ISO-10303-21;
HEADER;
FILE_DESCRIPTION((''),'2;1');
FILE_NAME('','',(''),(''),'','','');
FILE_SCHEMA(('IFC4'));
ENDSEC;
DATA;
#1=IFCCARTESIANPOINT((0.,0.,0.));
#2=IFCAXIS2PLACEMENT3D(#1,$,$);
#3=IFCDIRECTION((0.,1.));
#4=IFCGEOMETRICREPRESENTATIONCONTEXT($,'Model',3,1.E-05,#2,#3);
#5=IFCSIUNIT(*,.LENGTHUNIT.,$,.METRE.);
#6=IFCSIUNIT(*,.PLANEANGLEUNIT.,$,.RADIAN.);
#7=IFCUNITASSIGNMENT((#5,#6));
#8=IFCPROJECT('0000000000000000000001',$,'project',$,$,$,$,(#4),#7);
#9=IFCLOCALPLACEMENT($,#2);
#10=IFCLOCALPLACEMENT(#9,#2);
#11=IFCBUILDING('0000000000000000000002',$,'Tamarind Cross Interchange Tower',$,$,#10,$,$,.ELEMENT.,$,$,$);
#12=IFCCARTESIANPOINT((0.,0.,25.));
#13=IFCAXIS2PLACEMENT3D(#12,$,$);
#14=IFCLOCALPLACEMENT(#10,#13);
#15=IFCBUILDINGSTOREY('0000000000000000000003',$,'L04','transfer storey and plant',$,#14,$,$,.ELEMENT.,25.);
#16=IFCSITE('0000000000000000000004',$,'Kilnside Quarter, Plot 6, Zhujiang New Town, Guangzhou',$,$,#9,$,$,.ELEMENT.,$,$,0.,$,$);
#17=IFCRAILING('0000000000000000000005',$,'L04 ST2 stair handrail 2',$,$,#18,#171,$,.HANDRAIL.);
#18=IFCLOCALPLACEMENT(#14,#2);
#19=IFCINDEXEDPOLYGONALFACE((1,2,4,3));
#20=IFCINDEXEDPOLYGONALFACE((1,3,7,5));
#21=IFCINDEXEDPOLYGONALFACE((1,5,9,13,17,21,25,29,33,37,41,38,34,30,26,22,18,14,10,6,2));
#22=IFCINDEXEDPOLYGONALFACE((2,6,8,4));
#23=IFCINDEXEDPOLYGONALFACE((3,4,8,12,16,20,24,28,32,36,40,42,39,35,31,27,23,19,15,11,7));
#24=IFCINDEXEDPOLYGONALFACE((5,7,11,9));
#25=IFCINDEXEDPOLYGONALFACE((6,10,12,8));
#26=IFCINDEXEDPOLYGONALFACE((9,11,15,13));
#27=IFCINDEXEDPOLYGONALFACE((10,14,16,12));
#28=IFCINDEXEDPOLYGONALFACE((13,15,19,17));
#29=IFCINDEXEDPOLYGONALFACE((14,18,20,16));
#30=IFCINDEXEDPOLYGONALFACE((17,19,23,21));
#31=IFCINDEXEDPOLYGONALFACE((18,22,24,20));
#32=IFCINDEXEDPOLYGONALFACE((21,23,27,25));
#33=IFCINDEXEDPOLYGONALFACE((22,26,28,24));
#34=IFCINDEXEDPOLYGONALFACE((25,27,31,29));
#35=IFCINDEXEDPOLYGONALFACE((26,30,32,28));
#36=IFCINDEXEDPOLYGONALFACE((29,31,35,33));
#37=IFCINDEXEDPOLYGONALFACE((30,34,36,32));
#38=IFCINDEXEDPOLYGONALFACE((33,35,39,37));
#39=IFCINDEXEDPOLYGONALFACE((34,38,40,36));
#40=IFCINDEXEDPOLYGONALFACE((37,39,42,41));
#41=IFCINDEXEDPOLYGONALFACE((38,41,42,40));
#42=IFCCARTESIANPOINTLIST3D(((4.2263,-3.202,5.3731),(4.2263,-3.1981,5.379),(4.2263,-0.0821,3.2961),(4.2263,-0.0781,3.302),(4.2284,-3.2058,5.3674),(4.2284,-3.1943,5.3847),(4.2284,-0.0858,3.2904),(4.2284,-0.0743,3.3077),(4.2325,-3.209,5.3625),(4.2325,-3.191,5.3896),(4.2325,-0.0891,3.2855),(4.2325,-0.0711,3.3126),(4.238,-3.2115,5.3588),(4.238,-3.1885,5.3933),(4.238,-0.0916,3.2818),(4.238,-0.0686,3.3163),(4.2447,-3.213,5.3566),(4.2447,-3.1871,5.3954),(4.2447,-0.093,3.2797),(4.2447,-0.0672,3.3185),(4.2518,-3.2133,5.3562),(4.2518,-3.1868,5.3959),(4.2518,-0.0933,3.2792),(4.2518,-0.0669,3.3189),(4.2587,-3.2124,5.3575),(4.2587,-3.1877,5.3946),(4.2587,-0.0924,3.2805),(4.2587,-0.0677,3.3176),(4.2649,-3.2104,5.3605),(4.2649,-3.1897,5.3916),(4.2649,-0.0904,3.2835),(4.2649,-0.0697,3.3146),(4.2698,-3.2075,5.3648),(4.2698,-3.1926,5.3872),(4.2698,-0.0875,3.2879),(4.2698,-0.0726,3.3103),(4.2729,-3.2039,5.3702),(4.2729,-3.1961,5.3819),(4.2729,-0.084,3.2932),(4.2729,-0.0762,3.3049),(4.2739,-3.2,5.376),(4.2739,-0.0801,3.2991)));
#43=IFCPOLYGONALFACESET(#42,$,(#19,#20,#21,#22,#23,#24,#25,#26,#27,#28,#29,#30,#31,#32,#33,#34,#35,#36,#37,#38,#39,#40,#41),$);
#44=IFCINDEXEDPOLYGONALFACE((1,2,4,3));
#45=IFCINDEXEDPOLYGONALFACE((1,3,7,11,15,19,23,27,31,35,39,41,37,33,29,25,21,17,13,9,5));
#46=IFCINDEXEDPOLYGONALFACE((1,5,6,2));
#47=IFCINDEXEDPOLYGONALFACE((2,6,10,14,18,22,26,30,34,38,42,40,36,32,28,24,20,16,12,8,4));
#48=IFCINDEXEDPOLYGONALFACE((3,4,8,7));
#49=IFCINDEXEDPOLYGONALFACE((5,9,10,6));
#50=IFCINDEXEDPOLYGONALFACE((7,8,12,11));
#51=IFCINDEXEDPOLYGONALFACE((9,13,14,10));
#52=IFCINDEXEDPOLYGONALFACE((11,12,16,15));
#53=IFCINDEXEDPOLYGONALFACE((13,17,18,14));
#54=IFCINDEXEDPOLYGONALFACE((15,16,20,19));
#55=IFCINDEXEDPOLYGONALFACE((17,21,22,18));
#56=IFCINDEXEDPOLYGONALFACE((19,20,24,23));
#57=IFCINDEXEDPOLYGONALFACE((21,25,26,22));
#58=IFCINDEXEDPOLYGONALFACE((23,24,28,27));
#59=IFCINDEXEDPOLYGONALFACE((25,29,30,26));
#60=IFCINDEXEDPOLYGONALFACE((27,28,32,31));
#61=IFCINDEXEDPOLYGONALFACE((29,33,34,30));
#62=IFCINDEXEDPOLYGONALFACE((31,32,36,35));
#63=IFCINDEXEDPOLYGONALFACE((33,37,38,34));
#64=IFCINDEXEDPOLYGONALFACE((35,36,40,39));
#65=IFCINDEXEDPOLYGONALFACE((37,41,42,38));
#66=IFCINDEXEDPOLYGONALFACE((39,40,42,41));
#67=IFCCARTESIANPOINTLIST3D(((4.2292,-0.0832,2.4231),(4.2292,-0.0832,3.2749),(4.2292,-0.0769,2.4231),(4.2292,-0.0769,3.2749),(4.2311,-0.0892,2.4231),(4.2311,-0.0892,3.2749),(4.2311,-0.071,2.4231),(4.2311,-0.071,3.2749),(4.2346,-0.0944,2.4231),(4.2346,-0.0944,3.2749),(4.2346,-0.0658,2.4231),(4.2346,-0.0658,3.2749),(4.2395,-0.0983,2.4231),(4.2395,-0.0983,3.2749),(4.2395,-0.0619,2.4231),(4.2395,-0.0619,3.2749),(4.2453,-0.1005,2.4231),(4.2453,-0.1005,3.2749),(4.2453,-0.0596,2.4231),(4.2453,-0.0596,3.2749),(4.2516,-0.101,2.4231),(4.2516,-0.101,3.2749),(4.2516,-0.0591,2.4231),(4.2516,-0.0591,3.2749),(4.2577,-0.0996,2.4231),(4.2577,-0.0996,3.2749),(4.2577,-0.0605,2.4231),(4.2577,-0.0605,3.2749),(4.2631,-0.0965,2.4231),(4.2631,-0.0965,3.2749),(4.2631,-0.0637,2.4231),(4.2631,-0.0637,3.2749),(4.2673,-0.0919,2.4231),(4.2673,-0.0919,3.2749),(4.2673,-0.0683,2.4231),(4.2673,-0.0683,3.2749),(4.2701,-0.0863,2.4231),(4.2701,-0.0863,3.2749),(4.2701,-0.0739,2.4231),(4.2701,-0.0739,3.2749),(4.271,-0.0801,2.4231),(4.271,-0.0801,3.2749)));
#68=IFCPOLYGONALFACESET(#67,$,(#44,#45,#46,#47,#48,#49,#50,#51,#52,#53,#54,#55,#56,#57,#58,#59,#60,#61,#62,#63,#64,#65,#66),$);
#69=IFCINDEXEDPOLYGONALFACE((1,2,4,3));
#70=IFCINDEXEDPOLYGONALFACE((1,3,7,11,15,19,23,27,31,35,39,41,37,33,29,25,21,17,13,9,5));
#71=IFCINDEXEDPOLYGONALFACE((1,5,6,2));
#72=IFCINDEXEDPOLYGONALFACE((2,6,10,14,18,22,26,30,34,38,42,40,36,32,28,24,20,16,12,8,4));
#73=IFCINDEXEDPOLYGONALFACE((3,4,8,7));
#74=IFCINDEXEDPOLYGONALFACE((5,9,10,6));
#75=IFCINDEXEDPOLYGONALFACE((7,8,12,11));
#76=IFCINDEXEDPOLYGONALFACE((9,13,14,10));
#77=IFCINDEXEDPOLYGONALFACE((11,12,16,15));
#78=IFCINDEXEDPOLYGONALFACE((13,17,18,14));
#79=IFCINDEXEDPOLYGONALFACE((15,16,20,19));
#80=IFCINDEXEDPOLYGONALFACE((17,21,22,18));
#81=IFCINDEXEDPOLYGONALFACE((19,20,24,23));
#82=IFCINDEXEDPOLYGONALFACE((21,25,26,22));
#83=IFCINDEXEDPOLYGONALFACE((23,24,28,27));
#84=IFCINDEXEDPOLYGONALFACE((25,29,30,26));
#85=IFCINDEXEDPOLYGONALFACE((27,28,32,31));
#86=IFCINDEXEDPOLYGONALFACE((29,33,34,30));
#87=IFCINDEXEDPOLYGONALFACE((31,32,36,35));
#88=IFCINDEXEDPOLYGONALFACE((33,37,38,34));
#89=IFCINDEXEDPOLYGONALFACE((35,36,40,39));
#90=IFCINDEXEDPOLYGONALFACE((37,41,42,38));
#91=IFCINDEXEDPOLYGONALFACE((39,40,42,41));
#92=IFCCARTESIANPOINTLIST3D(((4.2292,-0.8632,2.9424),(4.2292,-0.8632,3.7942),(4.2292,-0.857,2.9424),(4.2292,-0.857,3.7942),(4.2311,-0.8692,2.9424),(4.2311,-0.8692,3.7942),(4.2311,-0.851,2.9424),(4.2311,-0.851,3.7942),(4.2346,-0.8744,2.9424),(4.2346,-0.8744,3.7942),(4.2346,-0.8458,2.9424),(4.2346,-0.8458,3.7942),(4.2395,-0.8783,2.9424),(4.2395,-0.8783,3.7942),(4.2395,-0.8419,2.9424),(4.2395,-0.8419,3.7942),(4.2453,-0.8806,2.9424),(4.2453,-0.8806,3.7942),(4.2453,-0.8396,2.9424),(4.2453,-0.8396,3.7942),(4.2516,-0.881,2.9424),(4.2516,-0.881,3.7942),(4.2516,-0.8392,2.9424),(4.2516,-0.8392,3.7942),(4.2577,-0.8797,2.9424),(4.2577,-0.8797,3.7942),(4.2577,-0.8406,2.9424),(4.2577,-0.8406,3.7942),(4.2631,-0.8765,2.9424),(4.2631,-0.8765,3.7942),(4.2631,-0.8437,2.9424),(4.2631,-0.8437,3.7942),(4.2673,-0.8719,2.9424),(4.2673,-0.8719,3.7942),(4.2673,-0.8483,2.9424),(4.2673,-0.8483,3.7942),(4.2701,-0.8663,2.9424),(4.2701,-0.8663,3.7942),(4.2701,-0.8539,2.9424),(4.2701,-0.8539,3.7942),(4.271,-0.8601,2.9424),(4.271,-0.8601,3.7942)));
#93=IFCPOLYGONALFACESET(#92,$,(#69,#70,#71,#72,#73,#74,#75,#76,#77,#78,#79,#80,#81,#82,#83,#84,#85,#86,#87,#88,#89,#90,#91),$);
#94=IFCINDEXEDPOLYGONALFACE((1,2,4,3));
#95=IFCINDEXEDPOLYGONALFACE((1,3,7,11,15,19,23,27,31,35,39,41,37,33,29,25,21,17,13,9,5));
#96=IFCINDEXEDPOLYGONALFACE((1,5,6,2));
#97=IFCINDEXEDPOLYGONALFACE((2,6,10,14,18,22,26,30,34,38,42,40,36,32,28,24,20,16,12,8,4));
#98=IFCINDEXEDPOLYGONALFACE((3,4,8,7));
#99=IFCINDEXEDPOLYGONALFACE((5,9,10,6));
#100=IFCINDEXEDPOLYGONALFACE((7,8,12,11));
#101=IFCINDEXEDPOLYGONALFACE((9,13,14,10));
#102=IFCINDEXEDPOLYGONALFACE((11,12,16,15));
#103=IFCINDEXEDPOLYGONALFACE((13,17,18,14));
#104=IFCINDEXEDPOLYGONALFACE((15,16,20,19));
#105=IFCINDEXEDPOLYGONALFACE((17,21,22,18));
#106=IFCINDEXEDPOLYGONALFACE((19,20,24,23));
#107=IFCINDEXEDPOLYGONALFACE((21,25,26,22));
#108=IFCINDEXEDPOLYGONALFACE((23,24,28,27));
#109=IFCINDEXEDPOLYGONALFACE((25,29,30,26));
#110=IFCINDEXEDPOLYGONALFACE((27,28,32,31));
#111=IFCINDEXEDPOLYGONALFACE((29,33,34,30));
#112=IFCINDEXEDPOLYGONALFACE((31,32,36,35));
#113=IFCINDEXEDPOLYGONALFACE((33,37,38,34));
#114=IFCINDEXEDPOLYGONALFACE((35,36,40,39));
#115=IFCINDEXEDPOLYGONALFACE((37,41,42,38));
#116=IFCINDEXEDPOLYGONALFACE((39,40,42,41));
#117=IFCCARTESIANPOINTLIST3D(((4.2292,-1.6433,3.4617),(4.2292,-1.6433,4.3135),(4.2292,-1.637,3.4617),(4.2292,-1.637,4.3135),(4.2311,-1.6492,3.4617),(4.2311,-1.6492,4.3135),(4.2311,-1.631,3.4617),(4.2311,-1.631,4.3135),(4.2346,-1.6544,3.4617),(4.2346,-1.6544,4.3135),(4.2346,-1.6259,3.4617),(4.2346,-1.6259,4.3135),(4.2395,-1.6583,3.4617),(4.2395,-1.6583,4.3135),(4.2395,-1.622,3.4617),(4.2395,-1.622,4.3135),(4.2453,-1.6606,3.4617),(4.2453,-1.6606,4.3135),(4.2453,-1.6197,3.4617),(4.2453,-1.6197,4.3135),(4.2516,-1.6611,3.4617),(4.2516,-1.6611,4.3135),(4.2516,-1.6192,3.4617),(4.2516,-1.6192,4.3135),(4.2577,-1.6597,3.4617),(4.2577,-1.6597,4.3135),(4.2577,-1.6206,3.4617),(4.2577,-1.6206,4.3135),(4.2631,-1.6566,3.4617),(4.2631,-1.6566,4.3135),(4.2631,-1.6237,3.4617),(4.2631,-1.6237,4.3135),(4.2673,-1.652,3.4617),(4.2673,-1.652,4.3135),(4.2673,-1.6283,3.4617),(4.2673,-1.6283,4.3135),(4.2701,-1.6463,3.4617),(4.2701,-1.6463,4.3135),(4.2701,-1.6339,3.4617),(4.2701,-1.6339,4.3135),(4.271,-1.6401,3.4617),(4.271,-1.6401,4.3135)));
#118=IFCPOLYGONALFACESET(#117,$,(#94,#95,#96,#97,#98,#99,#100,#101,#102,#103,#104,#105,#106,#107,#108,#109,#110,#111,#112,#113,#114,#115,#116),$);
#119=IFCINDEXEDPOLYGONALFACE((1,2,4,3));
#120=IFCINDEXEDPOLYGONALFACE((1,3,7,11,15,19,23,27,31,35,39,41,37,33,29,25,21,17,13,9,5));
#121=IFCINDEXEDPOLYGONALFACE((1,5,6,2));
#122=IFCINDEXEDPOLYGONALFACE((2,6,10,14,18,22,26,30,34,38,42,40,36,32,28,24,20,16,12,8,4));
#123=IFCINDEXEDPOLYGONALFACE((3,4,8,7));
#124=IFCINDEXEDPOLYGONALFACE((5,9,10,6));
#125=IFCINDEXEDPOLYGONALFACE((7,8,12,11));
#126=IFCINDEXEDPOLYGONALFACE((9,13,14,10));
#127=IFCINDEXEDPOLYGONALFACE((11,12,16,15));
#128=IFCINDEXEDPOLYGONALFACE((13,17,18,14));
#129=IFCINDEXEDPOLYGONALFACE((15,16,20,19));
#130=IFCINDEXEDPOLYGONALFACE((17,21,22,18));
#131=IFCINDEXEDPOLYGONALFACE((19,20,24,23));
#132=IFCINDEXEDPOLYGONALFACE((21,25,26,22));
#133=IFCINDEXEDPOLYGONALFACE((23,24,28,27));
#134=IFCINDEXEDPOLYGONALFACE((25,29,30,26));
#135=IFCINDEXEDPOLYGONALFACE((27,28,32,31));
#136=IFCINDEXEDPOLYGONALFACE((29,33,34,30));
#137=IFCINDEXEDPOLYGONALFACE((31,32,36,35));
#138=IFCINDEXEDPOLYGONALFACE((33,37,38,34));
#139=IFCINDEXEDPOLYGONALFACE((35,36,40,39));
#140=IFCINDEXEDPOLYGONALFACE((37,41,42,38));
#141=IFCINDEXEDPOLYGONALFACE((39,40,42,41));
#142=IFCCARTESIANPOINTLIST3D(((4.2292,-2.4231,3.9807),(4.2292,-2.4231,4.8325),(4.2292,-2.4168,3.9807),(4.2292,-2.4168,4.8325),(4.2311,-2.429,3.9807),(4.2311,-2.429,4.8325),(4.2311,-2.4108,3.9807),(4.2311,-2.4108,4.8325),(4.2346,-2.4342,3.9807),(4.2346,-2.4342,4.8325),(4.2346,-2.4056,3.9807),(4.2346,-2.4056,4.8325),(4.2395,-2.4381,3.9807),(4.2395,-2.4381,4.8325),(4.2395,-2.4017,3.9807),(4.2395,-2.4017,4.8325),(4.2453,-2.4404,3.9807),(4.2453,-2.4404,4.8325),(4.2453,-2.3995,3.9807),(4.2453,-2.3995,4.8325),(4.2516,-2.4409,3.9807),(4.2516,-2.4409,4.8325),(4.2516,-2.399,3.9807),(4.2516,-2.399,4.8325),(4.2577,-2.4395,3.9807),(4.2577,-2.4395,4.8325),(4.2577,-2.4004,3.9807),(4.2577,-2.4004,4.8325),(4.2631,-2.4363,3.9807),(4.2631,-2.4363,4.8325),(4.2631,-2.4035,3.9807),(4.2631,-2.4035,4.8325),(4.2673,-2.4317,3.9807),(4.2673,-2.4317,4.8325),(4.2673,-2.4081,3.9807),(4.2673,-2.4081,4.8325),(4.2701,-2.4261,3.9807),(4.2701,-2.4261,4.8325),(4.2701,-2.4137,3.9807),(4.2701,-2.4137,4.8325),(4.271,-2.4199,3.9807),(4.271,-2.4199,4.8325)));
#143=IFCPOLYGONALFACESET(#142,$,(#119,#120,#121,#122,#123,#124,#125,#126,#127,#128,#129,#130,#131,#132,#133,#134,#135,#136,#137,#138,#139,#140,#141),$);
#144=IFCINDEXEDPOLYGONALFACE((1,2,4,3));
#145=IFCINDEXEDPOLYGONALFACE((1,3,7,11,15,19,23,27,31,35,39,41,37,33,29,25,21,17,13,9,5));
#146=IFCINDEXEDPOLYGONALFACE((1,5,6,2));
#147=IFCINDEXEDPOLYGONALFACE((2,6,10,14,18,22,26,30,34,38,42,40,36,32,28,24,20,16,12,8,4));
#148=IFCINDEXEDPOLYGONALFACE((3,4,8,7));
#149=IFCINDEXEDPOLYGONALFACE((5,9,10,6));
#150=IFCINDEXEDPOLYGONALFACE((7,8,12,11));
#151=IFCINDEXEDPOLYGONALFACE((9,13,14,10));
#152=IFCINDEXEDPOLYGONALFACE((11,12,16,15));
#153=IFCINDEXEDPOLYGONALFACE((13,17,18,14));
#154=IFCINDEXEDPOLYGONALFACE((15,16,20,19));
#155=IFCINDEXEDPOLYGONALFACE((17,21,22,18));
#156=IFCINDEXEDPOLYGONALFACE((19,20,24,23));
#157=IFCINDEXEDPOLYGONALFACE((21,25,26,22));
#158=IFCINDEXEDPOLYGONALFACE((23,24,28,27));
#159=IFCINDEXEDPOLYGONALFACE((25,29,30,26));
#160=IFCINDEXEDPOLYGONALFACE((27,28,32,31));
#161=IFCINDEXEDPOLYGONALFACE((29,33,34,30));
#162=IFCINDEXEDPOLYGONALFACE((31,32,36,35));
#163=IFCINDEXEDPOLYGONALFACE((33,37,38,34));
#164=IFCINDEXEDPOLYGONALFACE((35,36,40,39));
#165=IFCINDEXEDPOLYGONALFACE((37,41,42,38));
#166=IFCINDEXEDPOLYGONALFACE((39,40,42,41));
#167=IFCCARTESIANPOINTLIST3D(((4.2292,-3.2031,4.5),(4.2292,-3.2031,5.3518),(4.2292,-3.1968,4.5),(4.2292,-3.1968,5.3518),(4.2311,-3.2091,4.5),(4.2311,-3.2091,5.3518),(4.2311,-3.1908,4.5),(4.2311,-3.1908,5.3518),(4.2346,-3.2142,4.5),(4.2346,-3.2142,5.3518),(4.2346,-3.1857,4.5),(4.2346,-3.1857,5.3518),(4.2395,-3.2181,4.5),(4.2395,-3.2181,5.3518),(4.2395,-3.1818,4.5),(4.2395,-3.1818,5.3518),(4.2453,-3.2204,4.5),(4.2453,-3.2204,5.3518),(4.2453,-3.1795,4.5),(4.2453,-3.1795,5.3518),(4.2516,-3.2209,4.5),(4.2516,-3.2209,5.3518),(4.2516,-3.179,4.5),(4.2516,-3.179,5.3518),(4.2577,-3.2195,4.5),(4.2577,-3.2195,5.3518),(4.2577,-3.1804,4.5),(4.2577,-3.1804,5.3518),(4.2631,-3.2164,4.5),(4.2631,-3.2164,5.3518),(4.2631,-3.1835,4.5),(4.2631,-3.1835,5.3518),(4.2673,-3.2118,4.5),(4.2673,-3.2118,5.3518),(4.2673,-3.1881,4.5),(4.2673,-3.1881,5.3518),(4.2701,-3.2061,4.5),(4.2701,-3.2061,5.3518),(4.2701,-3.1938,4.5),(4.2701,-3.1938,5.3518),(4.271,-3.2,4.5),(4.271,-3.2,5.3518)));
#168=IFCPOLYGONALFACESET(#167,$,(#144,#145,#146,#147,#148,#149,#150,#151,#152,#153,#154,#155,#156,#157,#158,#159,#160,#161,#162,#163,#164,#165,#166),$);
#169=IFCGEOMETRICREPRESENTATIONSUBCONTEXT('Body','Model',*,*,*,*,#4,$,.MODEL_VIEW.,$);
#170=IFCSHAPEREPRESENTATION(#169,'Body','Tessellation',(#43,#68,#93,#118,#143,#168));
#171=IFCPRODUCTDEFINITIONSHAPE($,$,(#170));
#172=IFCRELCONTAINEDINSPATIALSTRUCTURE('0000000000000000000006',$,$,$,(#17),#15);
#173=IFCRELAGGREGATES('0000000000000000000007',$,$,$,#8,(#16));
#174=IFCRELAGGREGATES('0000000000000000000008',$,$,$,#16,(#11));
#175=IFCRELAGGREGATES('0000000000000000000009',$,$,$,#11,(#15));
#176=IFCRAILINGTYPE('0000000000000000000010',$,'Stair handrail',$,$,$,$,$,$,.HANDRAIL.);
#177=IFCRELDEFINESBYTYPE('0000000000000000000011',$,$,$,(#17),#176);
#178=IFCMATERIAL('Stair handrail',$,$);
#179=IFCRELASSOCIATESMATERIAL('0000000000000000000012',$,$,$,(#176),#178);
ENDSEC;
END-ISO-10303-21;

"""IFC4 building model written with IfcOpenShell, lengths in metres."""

from ifc_helpers import new_model, si_unit, direction, frame, origin, origin_2d, place, context, subcontext, project, spatial, circle, extrude, material, type_object, element, save


model = new_model("IFC4")

# Units and contexts
model_context = context("Model", 3, precision=1e-05, world=origin(), true_north=direction((0.0, 1.0)))
body_context = subcontext(model_context, "Body", "Model", "MODEL_VIEW")
ifc_project = project(units=[si_unit("LENGTHUNIT", "METRE"), si_unit("PLANEANGLEUNIT", "RADIAN")], contexts=[model_context])

# Site, building, storey
site_placement = place(None, origin())
site = spatial("IfcSite", under=ifc_project, at=site_placement, Name="Kilnside Quarter, Plot 6, Zhujiang New Town, Guangzhou", CompositionType="ELEMENT", RefElevation=0.0)
building_placement = place(site_placement, origin())
building = spatial("IfcBuilding", under=site, at=building_placement, Name="Tamarind Cross Interchange Tower", CompositionType="ELEMENT")
storey_placement = place(building_placement, frame((0.0, 0.0, 25.0)))
storey = spatial("IfcBuildingStorey", under=building, at=storey_placement, Name="L04", Description="transfer storey and plant", CompositionType="ELEMENT", Elevation=25.0)

# Railing
ifc_material_1 = material(Name="Stair handrail")
railing_type_1 = type_object("IfcRailingType", Name="Stair handrail", PredefinedType="HANDRAIL", material=ifc_material_1)
railing_1_placement = place(storey_placement, frame((4.25, -0.0801, 2.4231)))
element("IfcRailing", 1, at=railing_1_placement, inside=storey, type_object=railing_type_1, Name="L04 ST2 stair handrail 2", PredefinedType="HANDRAIL", context=body_context, shape_type="SweptSolid", body=[
    extrude(circle(Radius=0.0239, at=origin_2d()), frame((0.0, 0.0, 0.876), z_axis=(0.0, -0.832421, 0.554144), x_axis=(1.0, 0.0, 0.0)), (0.0, 0.0, 1.0), 3.748),
    extrude(circle(Radius=0.021, at=origin_2d()), origin(), (0.0, 0.0, 1.0), 0.8518),
    extrude(circle(Radius=0.021, at=origin_2d()), frame((0.0, -0.78, 0.5193)), (0.0, 0.0, 1.0), 0.8518),
    extrude(circle(Radius=0.021, at=origin_2d()), frame((0.0, -1.5601, 1.0386)), (0.0, 0.0, 1.0), 0.8518),
    extrude(circle(Radius=0.021, at=origin_2d()), frame((0.0, -2.3398, 1.5576)), (0.0, 0.0, 1.0), 0.8518),
    extrude(circle(Radius=0.021, at=origin_2d()), frame((0.0, -3.1199, 2.0769)), (0.0, 0.0, 1.0), 0.8518),
])

save(model, "model.ifc")
